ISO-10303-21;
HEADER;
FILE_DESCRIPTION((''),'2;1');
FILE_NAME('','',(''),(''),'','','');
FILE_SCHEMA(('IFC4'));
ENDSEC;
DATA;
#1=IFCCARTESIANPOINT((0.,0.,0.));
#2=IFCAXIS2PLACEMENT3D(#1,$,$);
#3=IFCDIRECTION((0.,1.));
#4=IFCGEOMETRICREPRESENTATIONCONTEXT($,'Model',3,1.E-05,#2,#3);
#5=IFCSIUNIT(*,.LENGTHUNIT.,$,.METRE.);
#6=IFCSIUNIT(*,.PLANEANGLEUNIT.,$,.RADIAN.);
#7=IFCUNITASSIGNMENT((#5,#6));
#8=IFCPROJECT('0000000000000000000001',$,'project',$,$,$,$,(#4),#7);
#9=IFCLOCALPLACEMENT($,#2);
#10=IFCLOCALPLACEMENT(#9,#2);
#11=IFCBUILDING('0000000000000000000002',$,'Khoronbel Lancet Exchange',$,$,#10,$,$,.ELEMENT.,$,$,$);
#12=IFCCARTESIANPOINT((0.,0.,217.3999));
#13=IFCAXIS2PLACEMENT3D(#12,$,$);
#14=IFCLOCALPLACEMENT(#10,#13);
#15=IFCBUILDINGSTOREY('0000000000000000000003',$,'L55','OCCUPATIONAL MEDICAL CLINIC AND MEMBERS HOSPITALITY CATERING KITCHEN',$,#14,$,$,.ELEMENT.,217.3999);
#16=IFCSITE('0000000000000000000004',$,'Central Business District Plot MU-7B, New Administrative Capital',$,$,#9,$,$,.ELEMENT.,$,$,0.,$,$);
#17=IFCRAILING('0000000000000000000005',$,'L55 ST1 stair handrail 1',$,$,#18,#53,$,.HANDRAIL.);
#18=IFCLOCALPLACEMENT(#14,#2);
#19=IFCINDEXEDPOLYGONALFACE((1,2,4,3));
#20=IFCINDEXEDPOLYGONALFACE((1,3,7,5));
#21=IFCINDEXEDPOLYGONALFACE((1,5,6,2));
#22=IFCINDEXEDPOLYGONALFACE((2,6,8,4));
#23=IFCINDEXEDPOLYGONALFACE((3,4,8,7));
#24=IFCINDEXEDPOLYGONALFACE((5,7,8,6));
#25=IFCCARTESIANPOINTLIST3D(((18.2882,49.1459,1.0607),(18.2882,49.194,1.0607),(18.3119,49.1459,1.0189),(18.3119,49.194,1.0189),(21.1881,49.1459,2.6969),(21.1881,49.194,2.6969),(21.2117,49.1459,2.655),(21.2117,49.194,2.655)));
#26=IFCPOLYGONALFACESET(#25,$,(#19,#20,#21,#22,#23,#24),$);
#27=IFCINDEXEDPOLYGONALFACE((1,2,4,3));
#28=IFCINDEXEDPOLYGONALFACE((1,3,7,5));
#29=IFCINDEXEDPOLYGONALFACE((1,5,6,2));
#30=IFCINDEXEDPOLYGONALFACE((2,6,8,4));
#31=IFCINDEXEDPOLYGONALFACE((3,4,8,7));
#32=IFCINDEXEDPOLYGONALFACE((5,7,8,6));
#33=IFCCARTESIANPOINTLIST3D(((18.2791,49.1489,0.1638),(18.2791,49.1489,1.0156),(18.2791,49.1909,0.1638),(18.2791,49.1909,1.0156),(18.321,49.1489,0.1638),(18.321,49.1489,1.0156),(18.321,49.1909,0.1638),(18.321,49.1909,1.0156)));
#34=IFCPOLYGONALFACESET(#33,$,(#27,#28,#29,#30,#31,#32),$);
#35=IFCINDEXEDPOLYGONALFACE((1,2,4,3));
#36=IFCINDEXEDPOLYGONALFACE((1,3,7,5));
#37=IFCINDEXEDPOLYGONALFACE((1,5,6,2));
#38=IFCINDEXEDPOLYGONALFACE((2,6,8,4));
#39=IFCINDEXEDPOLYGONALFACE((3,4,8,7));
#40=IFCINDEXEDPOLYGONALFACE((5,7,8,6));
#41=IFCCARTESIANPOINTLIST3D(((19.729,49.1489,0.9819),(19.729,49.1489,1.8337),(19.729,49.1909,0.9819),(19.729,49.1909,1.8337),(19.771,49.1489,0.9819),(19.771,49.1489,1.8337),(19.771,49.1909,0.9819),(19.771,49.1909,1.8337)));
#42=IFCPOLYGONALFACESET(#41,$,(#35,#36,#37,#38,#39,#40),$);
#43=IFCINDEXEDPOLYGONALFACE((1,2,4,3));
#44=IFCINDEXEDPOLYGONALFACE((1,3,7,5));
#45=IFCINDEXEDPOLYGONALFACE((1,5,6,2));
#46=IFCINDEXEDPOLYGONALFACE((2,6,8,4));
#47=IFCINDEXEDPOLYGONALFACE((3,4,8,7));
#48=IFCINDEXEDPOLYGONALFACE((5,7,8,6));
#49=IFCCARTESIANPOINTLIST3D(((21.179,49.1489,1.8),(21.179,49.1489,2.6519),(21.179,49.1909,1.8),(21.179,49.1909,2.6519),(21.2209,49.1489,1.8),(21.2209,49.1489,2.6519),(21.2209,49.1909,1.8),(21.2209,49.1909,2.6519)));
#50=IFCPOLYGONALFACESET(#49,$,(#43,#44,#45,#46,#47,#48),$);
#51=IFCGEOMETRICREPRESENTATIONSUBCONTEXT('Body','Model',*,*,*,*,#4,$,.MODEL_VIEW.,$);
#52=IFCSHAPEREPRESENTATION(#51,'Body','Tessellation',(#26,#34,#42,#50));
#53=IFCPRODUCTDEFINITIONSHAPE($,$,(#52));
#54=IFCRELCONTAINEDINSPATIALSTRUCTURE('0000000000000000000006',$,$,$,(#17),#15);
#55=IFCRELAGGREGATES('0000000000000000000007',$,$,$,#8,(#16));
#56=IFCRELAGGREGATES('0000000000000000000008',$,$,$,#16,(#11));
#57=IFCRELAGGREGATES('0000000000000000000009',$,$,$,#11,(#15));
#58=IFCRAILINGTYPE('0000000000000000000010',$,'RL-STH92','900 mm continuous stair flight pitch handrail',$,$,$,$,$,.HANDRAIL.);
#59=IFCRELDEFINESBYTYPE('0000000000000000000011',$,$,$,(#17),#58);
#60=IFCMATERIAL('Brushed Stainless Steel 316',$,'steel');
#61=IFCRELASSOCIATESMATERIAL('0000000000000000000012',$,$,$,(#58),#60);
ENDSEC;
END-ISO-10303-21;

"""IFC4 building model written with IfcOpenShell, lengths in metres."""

from ifc_helpers import new_model, si_unit, direction, frame, origin, origin_2d, place, context, subcontext, project, spatial, rectangle, extrude, material, type_object, element, save


model = new_model("IFC4")

# Units and contexts
model_context = context("Model", 3, precision=1e-05, world=origin(), true_north=direction((0.0, 1.0)))
body_context = subcontext(model_context, "Body", "Model", "MODEL_VIEW")
ifc_project = project(units=[si_unit("LENGTHUNIT", "METRE"), si_unit("PLANEANGLEUNIT", "RADIAN")], contexts=[model_context])

# Site, building, storey
site_placement = place(None, origin())
site = spatial("IfcSite", under=ifc_project, at=site_placement, Name="Central Business District Plot MU-7B, New Administrative Capital", CompositionType="ELEMENT", RefElevation=0.0)
building_placement = place(site_placement, origin())
building = spatial("IfcBuilding", under=site, at=building_placement, Name="Khoronbel Lancet Exchange", CompositionType="ELEMENT")
storey_placement = place(building_placement, frame((0.0, 0.0, 217.3999)))
storey = spatial("IfcBuildingStorey", under=building, at=storey_placement, Name="L55", Description="OCCUPATIONAL MEDICAL CLINIC AND MEMBERS HOSPITALITY CATERING KITCHEN", CompositionType="ELEMENT", Elevation=217.3999)

# Railing
ifc_material_1 = material(Name="Brushed Stainless Steel 316", Category="steel")
railing_type_1 = type_object("IfcRailingType", Name="RL-STH92", Description="900 mm continuous stair flight pitch handrail", PredefinedType="HANDRAIL", material=ifc_material_1)
railing_1_placement = place(storey_placement, frame((18.3, 49.1699, 0.1638)))
element("IfcRailing", 1, at=railing_1_placement, inside=storey, type_object=railing_type_1, Name="L55 ST1 stair handrail 1", PredefinedType="HANDRAIL", context=body_context, shape_type="SweptSolid", body=[
    extrude(rectangle(XDim=0.0481, YDim=0.0481, at=origin_2d()), frame((0.0, 0.0, 0.876), z_axis=(0.870929, 0.0, 0.49141), x_axis=(0.0, 1.0, 0.0)), (0.0, 0.0, 1.0), 3.3296),
    extrude(rectangle(XDim=0.042, YDim=0.042, at=origin_2d()), origin(), (0.0, 0.0, 1.0), 0.8518),
    extrude(rectangle(XDim=0.042, YDim=0.042, at=origin_2d()), frame((1.45, 0.0, 0.8181)), (0.0, 0.0, 1.0), 0.8518),
    extrude(rectangle(XDim=0.042, YDim=0.042, at=origin_2d()), frame((2.8999, 0.0, 1.6362)), (0.0, 0.0, 1.0), 0.8518),
])

save(model, "model.ifc")
